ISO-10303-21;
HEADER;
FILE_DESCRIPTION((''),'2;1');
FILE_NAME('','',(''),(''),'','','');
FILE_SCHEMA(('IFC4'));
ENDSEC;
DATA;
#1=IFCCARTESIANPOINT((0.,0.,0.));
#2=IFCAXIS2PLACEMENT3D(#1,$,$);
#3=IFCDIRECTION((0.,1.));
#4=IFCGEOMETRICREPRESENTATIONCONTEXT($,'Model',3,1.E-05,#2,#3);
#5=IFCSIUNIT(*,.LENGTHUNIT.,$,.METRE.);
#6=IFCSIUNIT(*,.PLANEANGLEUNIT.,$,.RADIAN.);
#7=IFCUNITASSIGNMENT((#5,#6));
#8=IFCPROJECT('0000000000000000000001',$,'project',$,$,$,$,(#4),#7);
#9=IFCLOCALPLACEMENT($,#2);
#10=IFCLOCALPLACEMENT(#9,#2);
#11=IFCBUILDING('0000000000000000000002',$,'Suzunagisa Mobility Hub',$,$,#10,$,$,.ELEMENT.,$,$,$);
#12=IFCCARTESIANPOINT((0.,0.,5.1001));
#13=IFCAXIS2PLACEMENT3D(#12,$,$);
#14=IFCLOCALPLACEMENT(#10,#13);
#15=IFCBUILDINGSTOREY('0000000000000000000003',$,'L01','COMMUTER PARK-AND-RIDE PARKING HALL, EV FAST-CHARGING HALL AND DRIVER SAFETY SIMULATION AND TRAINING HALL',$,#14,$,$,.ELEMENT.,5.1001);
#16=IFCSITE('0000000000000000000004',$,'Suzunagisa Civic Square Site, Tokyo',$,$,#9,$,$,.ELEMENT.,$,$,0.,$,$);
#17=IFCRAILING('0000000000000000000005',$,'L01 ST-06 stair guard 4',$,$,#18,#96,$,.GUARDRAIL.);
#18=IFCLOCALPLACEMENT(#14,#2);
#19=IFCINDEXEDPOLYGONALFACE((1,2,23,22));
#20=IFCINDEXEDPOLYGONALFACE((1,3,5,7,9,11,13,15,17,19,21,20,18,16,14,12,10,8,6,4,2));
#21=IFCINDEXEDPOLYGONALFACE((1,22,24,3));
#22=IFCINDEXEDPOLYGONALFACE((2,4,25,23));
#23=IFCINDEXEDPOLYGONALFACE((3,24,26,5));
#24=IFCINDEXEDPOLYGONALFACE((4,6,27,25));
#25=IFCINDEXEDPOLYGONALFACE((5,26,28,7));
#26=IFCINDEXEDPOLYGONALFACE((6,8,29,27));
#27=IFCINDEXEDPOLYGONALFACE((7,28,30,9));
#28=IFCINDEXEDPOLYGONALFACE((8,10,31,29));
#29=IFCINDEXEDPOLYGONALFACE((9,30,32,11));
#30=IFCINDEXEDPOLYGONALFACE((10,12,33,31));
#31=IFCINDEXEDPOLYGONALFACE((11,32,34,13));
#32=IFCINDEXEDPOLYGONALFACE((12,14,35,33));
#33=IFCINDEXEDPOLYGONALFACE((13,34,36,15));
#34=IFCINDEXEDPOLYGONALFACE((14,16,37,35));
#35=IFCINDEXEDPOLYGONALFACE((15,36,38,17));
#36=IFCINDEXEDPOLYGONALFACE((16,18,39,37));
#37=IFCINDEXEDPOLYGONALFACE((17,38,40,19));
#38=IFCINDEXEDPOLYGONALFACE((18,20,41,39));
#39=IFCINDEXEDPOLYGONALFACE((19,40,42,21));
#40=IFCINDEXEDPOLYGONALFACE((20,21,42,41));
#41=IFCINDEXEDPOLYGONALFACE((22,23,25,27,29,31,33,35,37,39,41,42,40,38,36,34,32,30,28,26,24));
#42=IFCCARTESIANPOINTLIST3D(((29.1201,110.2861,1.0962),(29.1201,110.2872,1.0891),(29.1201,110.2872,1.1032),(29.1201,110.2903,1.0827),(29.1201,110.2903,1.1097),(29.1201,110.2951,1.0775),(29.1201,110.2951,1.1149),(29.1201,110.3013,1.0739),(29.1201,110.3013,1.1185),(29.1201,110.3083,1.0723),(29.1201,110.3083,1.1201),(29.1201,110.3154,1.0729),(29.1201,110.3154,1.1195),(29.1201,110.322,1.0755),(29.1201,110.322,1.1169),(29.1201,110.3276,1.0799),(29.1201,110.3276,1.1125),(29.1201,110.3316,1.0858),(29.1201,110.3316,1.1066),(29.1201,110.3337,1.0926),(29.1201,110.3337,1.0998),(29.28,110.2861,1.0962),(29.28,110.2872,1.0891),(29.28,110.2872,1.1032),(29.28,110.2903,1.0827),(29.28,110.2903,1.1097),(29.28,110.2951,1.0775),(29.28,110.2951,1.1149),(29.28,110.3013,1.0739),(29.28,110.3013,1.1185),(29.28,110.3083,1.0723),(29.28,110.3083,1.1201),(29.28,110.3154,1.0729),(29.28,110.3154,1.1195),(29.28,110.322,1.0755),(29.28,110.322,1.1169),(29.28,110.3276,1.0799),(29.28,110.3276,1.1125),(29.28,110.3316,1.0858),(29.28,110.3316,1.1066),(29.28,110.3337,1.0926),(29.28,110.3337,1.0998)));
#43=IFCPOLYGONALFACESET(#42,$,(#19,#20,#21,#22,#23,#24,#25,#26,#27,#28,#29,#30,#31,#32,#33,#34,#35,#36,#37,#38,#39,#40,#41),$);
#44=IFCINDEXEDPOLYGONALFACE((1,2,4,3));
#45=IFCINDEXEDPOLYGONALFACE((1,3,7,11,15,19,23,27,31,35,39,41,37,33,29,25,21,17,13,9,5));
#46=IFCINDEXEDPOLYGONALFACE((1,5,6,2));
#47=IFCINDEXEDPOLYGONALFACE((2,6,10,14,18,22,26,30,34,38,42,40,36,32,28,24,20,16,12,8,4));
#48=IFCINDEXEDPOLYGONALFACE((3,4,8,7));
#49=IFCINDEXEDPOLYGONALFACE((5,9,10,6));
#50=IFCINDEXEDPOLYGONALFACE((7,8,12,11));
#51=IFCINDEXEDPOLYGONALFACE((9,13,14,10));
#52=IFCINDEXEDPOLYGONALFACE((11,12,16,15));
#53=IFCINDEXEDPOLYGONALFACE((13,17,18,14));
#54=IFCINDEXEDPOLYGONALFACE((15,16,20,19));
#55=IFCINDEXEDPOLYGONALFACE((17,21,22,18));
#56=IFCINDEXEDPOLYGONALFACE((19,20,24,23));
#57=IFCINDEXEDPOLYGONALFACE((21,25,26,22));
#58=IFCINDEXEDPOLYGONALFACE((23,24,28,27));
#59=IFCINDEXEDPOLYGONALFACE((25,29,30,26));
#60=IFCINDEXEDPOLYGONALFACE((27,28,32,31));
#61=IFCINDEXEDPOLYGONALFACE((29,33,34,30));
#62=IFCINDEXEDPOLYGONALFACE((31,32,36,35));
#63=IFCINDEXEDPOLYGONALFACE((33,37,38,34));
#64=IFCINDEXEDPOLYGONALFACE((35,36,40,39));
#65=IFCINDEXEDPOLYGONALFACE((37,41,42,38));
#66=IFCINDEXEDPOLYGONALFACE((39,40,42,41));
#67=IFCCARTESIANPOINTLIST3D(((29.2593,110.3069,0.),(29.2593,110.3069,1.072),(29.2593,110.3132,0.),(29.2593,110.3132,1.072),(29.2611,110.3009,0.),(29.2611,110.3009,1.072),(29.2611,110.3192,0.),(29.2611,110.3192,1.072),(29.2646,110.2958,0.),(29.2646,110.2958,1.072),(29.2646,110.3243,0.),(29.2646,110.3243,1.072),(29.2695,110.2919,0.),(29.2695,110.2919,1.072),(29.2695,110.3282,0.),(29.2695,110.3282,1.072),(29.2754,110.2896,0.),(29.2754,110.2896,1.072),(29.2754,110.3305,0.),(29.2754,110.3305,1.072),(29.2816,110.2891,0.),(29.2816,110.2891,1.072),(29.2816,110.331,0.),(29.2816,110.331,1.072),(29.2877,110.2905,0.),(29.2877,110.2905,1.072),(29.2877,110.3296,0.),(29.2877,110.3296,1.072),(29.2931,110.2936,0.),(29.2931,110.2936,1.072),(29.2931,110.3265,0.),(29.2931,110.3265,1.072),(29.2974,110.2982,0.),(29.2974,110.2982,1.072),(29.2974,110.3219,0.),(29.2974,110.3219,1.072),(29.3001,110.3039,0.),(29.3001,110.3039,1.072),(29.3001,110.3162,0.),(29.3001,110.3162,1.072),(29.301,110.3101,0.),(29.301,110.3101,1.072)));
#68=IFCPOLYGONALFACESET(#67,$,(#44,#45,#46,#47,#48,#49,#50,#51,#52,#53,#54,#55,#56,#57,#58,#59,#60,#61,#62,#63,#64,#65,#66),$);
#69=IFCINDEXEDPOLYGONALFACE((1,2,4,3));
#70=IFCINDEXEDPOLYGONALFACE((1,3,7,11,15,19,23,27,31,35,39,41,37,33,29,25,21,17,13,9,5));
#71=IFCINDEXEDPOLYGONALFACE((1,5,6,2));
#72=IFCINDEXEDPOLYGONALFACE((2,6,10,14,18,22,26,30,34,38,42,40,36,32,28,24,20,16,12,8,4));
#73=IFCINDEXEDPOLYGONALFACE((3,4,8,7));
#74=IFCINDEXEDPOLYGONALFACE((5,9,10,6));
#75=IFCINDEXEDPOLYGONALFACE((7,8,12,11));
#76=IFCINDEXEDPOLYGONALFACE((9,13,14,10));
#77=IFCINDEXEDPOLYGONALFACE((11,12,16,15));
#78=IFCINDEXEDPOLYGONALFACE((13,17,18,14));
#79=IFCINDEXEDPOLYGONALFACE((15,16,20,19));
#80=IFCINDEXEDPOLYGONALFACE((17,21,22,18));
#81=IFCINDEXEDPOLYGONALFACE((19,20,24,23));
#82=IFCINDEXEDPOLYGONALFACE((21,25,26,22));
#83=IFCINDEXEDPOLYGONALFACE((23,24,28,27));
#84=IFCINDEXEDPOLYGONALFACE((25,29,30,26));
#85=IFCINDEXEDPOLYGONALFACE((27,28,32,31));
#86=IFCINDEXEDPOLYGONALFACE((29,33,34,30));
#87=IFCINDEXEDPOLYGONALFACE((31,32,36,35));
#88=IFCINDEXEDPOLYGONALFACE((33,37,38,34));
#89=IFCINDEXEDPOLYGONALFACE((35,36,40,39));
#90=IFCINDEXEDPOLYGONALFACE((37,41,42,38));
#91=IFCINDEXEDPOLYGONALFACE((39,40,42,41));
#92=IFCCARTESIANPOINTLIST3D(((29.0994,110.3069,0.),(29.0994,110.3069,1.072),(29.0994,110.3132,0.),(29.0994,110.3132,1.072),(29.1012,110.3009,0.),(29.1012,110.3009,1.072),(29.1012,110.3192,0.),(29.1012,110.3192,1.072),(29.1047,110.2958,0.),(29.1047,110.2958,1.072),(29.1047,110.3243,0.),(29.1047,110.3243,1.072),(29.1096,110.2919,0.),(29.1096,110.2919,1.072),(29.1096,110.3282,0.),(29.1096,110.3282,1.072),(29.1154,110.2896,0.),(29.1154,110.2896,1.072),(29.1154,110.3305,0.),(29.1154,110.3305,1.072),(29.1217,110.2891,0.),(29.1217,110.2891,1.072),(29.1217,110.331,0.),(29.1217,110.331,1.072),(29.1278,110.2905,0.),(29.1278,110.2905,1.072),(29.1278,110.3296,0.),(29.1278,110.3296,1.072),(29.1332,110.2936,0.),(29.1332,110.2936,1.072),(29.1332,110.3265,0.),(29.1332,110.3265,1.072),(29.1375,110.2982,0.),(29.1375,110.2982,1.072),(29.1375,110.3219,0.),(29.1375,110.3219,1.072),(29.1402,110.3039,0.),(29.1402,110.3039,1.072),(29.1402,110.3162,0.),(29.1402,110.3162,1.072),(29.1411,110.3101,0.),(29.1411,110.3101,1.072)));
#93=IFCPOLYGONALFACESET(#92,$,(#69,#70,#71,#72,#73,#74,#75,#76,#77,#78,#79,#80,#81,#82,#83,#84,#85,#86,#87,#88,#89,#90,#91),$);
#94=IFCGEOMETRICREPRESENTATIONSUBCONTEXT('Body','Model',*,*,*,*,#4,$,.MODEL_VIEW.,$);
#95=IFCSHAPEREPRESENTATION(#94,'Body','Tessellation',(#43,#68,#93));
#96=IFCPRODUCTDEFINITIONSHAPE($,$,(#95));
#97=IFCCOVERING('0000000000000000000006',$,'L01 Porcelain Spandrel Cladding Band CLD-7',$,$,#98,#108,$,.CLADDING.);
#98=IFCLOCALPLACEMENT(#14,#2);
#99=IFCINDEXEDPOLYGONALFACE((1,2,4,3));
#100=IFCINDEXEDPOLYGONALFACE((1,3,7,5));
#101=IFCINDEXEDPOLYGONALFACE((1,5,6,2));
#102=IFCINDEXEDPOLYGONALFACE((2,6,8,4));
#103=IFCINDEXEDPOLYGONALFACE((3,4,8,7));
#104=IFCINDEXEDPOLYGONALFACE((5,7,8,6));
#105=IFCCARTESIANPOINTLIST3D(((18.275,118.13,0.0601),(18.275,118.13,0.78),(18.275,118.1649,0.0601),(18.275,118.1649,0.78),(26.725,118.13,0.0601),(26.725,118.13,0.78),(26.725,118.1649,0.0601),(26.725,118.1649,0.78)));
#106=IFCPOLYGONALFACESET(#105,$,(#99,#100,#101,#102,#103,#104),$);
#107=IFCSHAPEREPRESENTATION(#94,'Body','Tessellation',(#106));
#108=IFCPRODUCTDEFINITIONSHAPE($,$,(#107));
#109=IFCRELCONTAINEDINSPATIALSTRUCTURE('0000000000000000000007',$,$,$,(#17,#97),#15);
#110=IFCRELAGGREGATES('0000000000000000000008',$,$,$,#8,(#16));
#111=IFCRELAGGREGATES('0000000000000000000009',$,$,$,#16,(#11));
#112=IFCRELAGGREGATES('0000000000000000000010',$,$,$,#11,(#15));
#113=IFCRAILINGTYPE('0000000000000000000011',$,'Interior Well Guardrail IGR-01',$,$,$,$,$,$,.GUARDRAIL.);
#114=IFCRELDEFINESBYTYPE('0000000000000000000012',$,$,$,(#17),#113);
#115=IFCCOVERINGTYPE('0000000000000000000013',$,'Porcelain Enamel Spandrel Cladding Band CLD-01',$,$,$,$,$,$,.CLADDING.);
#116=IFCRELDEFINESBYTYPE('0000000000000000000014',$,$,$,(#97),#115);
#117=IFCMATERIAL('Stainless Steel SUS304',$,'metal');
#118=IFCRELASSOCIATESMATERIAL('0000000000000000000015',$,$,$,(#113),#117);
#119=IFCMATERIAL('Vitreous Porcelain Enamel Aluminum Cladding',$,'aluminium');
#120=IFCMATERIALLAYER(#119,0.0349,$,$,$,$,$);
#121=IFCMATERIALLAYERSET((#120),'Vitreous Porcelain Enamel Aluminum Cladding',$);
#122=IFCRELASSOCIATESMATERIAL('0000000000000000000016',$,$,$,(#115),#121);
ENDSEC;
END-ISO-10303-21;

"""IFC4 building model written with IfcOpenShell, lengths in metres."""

from ifc_helpers import new_model, si_unit, direction, frame, origin, origin_2d, place, context, subcontext, project, spatial, rectangle, circle, extrude, material, layer, layer_set, type_object, element, save


model = new_model("IFC4")

# Units and contexts
model_context = context("Model", 3, precision=1e-05, world=origin(), true_north=direction((0.0, 1.0)))
body_context = subcontext(model_context, "Body", "Model", "MODEL_VIEW")
ifc_project = project(units=[si_unit("LENGTHUNIT", "METRE"), si_unit("PLANEANGLEUNIT", "RADIAN")], contexts=[model_context])

# Site, building, storey
site_placement = place(None, origin())
site = spatial("IfcSite", under=ifc_project, at=site_placement, Name="Suzunagisa Civic Square Site, Tokyo", CompositionType="ELEMENT", RefElevation=0.0)
building_placement = place(site_placement, origin())
building = spatial("IfcBuilding", under=site, at=building_placement, Name="Suzunagisa Mobility Hub", CompositionType="ELEMENT")
storey_placement = place(building_placement, frame((0.0, 0.0, 5.1001)))
storey = spatial("IfcBuildingStorey", under=building, at=storey_placement, Name="L01", Description="COMMUTER PARK-AND-RIDE PARKING HALL, EV FAST-CHARGING HALL AND DRIVER SAFETY SIMULATION AND TRAINING HALL", CompositionType="ELEMENT", Elevation=5.1001)

# Railing
ifc_material_1 = material(Name="Stainless Steel SUS304", Category="metal")
railing_type_1 = type_object("IfcRailingType", Name="Interior Well Guardrail IGR-01", PredefinedType="GUARDRAIL", material=ifc_material_1)
railing_1_placement = place(storey_placement, frame((29.28, 110.3101, 0.0)))
element("IfcRailing", 1, at=railing_1_placement, inside=storey, type_object=railing_type_1, Name="L01 ST-06 stair guard 4", PredefinedType="GUARDRAIL", context=body_context, shape_type="SweptSolid", body=[
    extrude(circle(Radius=0.0239, at=origin_2d()), frame((0.0, 0.0, 1.0962), z_axis=(-1.0, 0.0, 0.0), x_axis=(0.0, -1.0, 0.0)), (0.0, 0.0, 1.0), 0.1599),
    extrude(circle(Radius=0.021, at=origin_2d()), origin(), (0.0, 0.0, 1.0), 1.072),
    extrude(circle(Radius=0.021, at=origin_2d()), frame((-0.1599, 0.0, 0.0)), (0.0, 0.0, 1.0), 1.072),
])

# Covering
ifc_material_2 = material(Name="Vitreous Porcelain Enamel Aluminum Cladding", Category="aluminium")
ifc_layer_1 = layer(ifc_material_2, 0.0349)
ifc_layer_set_1 = layer_set([ifc_layer_1], Name="Vitreous Porcelain Enamel Aluminum Cladding")
covering_type = type_object("IfcCoveringType", Name="Porcelain Enamel Spandrel Cladding Band CLD-01", PredefinedType="CLADDING", material=ifc_layer_set_1)
covering_placement = place(storey_placement, frame((22.5, 118.1475, 0.0601), z_axis=(0.0, 0.0, 1.0), x_axis=(-1.0, 0.0, 0.0)))
element("IfcCovering", 2, at=covering_placement, inside=storey, type_object=covering_type, Name="L01 Porcelain Spandrel Cladding Band CLD-7", PredefinedType="CLADDING", context=body_context, shape_type="SweptSolid", body=[
    extrude(rectangle(XDim=8.45, YDim=0.0349, at=origin_2d()), origin(), (0.0, 0.0, 1.0), 0.72),
])

save(model, "model.ifc")
